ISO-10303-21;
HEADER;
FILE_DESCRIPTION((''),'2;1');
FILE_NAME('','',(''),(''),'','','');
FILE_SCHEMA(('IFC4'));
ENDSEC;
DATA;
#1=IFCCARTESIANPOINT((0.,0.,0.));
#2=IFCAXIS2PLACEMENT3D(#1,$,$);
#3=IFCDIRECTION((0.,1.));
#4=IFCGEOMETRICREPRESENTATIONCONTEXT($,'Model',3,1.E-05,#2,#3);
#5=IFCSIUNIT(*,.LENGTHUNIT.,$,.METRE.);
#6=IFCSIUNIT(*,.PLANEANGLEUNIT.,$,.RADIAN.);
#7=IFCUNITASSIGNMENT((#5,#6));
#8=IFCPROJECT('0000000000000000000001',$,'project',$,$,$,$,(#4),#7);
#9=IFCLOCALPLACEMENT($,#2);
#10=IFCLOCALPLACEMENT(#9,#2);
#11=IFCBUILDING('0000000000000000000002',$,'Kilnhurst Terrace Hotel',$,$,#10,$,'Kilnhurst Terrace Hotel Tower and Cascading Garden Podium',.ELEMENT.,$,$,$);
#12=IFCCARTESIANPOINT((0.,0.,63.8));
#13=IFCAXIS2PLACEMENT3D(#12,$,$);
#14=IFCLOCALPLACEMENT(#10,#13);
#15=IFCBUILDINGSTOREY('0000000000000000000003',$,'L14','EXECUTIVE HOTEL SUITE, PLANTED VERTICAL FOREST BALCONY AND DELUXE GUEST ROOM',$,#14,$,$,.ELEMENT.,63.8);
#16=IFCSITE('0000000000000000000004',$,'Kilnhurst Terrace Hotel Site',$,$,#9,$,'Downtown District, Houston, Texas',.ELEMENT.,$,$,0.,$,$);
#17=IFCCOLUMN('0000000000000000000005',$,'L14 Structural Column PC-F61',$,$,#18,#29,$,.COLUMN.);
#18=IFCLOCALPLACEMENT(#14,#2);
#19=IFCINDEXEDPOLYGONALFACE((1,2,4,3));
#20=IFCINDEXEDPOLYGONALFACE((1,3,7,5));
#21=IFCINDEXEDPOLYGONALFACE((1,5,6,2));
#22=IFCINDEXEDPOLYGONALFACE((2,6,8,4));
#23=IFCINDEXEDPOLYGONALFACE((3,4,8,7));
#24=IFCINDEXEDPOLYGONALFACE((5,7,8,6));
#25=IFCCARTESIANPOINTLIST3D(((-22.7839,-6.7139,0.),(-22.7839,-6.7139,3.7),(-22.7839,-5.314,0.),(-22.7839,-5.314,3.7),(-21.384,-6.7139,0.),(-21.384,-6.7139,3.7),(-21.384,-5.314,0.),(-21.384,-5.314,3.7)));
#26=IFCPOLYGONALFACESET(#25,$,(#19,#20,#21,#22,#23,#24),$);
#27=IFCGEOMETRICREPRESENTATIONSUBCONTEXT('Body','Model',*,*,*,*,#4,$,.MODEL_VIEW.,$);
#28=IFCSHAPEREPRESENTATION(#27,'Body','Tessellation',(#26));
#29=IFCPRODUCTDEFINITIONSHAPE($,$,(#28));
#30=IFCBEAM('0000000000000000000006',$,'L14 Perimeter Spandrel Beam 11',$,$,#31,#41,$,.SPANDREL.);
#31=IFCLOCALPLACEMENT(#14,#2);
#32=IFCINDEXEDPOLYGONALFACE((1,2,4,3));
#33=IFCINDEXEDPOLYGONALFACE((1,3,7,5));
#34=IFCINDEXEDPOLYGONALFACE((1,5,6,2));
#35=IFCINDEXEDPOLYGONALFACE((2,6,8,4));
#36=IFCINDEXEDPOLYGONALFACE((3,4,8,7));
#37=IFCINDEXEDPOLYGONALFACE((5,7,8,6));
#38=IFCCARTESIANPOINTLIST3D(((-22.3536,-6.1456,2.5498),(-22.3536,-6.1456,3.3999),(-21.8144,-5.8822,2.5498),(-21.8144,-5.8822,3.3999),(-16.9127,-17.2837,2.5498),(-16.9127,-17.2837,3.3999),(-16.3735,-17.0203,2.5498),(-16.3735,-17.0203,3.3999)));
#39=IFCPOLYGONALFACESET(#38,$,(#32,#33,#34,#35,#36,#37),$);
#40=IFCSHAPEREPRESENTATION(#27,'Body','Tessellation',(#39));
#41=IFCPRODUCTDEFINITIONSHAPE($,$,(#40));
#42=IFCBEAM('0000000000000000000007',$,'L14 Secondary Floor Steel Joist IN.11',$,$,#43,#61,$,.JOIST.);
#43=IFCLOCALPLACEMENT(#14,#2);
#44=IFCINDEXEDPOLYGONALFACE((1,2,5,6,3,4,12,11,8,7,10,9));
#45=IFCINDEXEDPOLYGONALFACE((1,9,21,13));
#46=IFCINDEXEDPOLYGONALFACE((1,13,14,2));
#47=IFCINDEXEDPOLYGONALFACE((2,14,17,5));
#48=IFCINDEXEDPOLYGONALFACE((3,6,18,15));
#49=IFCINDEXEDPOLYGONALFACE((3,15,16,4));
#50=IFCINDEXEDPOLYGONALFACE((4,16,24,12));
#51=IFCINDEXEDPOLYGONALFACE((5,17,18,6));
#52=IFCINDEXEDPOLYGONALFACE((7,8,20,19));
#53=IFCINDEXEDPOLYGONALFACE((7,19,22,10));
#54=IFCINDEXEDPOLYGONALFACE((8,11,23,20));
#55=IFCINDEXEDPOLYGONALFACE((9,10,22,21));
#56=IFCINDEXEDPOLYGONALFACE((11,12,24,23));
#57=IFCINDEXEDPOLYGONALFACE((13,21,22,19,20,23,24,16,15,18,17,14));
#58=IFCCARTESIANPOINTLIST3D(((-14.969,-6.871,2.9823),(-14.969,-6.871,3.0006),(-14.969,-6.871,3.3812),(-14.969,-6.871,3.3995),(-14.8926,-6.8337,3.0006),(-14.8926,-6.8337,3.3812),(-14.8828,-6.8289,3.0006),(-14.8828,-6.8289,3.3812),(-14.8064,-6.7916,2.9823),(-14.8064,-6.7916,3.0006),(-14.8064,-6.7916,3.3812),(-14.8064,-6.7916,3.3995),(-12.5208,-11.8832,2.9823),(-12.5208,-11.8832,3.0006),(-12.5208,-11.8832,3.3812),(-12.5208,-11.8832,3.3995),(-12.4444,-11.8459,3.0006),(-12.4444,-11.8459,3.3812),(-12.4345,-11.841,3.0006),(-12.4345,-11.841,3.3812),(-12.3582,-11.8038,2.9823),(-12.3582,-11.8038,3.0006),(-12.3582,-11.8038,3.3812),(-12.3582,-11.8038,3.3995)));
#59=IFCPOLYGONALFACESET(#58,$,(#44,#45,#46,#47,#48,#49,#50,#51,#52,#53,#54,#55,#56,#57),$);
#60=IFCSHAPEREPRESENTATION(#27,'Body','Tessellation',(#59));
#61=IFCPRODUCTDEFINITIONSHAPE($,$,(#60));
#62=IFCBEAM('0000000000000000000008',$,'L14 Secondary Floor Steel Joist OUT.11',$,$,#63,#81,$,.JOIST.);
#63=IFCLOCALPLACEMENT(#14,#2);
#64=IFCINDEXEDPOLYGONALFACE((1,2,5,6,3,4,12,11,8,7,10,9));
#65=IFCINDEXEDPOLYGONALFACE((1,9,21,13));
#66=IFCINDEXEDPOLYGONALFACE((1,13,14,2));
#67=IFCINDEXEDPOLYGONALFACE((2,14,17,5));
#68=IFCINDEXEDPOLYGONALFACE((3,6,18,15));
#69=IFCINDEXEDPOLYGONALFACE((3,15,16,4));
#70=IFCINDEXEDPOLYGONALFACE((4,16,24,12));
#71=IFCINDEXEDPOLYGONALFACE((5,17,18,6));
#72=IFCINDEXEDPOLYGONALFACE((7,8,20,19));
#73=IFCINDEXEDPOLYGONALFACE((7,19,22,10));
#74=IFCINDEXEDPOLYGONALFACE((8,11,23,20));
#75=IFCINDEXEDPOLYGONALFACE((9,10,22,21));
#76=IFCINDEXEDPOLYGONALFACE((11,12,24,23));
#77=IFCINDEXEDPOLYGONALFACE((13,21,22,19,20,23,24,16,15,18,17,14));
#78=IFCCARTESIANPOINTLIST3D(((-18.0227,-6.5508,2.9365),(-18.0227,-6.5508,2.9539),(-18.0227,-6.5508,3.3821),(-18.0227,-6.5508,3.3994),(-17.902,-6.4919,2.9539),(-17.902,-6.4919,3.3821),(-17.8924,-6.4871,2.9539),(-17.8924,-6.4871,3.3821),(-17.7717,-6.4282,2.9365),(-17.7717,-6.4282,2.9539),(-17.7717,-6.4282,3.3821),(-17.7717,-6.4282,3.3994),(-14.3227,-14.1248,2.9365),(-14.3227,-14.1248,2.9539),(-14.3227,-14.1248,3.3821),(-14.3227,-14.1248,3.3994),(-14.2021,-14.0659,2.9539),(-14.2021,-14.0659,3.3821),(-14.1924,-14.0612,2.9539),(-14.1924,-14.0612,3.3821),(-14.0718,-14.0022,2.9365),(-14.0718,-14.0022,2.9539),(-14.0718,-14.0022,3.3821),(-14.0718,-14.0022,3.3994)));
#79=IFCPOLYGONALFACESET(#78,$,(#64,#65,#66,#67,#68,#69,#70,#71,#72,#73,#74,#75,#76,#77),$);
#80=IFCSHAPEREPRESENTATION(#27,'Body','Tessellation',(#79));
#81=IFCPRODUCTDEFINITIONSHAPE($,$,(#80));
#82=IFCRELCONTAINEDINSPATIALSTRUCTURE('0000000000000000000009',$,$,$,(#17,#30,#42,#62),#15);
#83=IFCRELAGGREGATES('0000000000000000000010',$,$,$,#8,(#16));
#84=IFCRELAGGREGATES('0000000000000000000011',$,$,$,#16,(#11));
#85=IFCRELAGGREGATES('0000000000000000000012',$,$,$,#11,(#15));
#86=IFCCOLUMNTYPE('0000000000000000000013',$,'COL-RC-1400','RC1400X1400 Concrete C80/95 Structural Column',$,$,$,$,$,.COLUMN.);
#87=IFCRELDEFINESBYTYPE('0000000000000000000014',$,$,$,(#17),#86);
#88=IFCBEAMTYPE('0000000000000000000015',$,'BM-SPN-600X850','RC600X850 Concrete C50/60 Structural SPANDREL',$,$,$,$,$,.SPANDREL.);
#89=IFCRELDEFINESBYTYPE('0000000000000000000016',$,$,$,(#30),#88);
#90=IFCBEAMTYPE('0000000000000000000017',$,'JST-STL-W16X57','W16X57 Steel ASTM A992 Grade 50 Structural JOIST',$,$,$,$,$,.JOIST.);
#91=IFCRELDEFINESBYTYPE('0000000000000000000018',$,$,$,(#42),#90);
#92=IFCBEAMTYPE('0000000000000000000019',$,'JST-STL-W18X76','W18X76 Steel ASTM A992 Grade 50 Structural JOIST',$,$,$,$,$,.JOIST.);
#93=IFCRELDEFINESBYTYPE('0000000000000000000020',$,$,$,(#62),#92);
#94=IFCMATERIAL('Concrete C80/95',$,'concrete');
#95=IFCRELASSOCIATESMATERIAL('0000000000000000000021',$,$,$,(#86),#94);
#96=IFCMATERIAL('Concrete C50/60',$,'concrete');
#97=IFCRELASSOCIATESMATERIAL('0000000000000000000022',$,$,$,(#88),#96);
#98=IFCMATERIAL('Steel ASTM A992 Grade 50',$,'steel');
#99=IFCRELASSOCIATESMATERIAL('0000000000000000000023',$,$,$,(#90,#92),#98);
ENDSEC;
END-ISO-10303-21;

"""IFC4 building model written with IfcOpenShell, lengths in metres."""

from ifc_helpers import new_model, si_unit, direction, frame, origin, origin_2d, place, context, subcontext, project, spatial, rectangle, i_section, extrude, material, material_profile, profile_set, type_object, element, save


model = new_model("IFC4")

# Units and contexts
model_context = context("Model", 3, precision=1e-05, world=origin(), true_north=direction((0.0, 1.0)))
body_context = subcontext(model_context, "Body", "Model", "MODEL_VIEW")
ifc_project = project(units=[si_unit("LENGTHUNIT", "METRE"), si_unit("PLANEANGLEUNIT", "RADIAN")], contexts=[model_context])

# Site, building, storey
site_placement = place(None, origin())
site = spatial("IfcSite", under=ifc_project, at=site_placement, Name="Kilnhurst Terrace Hotel Site", LongName="Downtown District, Houston, Texas", CompositionType="ELEMENT", RefElevation=0.0)
building_placement = place(site_placement, origin())
building = spatial("IfcBuilding", under=site, at=building_placement, Name="Kilnhurst Terrace Hotel", LongName="Kilnhurst Terrace Hotel Tower and Cascading Garden Podium", CompositionType="ELEMENT")
storey_placement = place(building_placement, frame((0.0, 0.0, 63.8)))
storey = spatial("IfcBuildingStorey", under=building, at=storey_placement, Name="L14", Description="EXECUTIVE HOTEL SUITE, PLANTED VERTICAL FOREST BALCONY AND DELUXE GUEST ROOM", CompositionType="ELEMENT", Elevation=63.8)

# Column
ifc_material_1 = material(Name="Concrete C80/95", Category="concrete")
ifc_material_profile_1 = material_profile(ifc_material_1, rectangle(XDim=1.3999, YDim=1.3999, at=origin_2d()), Name="RC1400X1400")
ifc_profile_set_1 = profile_set([ifc_material_profile_1], Name="Concrete C80/95")
column_type = type_object("IfcColumnType", Name="COL-RC-1400", Description="RC1400X1400 Concrete C80/95 Structural Column", PredefinedType="COLUMN", material=ifc_profile_set_1)
column_placement = place(storey_placement, frame((-22.084, -6.0139, 0.0), z_axis=(0.0, 0.0, 1.0), x_axis=(1.0, 0.0, 0.0)))
element("IfcColumn", 1, at=column_placement, inside=storey, type_object=column_type, Name="L14 Structural Column PC-F61", PredefinedType="COLUMN", context=body_context, shape_type="SweptSolid", body=[
    extrude(rectangle(XDim=1.3999, YDim=1.3999, at=origin_2d()), origin(), (0.0, 0.0, 1.0), 3.7),
])

# Beams
ifc_material_2 = material(Name="Concrete C50/60", Category="concrete")
ifc_material_profile_2 = material_profile(ifc_material_2, rectangle(XDim=0.6001, YDim=0.8501, at=origin_2d()), Name="RC600X850")
ifc_profile_set_2 = profile_set([ifc_material_profile_2], Name="Concrete C50/60")
beam_type_1 = type_object("IfcBeamType", Name="BM-SPN-600X850", Description="RC600X850 Concrete C50/60 Structural SPANDREL", PredefinedType="SPANDREL", material=ifc_profile_set_2)
beam_1_placement = place(storey_placement, frame((-22.084, -6.0139, 2.9749), z_axis=(0.438923, -0.898525, 0.0), x_axis=(0.898525, 0.438923, 0.0)))
element("IfcBeam", 2, at=beam_1_placement, inside=storey, type_object=beam_type_1, Name="L14 Perimeter Spandrel Beam 11", PredefinedType="SPANDREL", context=body_context, shape_type="SweptSolid", body=[
    extrude(rectangle(XDim=0.6001, YDim=0.8501, at=origin_2d()), origin(), (0.0, 0.0, 1.0), 12.396),
])
ifc_material_3 = material(Name="Steel ASTM A992 Grade 50", Category="steel")
ifc_material_profile_3 = material_profile(ifc_material_3, i_section(OverallWidth=0.1809, OverallDepth=0.4172, WebThickness=0.011, FlangeThickness=0.0183, at=origin_2d()), Name="W16X57")
ifc_profile_set_3 = profile_set([ifc_material_profile_3], Name="Steel ASTM A992 Grade 50")
beam_type_2 = type_object("IfcBeamType", Name="JST-STL-W16X57", Description="W16X57 Steel ASTM A992 Grade 50 Structural JOIST", PredefinedType="JOIST", material=ifc_profile_set_3)
beam_2_placement = place(storey_placement, frame((-14.8877, -6.8313, 3.1909), z_axis=(0.438896, -0.898538, 0.0), x_axis=(0.898538, 0.438896, 0.0)))
element("IfcBeam", 3, at=beam_2_placement, inside=storey, type_object=beam_type_2, Name="L14 Secondary Floor Steel Joist IN.11", PredefinedType="JOIST", context=body_context, shape_type="SweptSolid", body=[
    extrude(i_section(OverallWidth=0.1809, OverallDepth=0.4172, WebThickness=0.011, FlangeThickness=0.0183, at=origin_2d()), origin(), (0.0, 0.0, 1.0), 5.5781),
])
ifc_material_profile_4 = material_profile(ifc_material_3, i_section(OverallWidth=0.2793, OverallDepth=0.4629, WebThickness=0.0107, FlangeThickness=0.0173, at=origin_2d()), Name="W18X76")
ifc_profile_set_4 = profile_set([ifc_material_profile_4], Name="Steel ASTM A992 Grade 50")
beam_type_3 = type_object("IfcBeamType", Name="JST-STL-W18X76", Description="W18X76 Steel ASTM A992 Grade 50 Structural JOIST", PredefinedType="JOIST", material=ifc_profile_set_4)
beam_3_placement = place(storey_placement, frame((-17.8972, -6.4895, 3.168), z_axis=(0.438934, -0.898519, 0.0), x_axis=(0.898519, 0.438934, 0.0)))
element("IfcBeam", 4, at=beam_3_placement, inside=storey, type_object=beam_type_3, Name="L14 Secondary Floor Steel Joist OUT.11", PredefinedType="JOIST", context=body_context, shape_type="SweptSolid", body=[
    extrude(i_section(OverallWidth=0.2793, OverallDepth=0.4629, WebThickness=0.0107, FlangeThickness=0.0173, at=origin_2d()), origin(), (0.0, 0.0, 1.0), 8.4294),
])

save(model, "model.ifc")
